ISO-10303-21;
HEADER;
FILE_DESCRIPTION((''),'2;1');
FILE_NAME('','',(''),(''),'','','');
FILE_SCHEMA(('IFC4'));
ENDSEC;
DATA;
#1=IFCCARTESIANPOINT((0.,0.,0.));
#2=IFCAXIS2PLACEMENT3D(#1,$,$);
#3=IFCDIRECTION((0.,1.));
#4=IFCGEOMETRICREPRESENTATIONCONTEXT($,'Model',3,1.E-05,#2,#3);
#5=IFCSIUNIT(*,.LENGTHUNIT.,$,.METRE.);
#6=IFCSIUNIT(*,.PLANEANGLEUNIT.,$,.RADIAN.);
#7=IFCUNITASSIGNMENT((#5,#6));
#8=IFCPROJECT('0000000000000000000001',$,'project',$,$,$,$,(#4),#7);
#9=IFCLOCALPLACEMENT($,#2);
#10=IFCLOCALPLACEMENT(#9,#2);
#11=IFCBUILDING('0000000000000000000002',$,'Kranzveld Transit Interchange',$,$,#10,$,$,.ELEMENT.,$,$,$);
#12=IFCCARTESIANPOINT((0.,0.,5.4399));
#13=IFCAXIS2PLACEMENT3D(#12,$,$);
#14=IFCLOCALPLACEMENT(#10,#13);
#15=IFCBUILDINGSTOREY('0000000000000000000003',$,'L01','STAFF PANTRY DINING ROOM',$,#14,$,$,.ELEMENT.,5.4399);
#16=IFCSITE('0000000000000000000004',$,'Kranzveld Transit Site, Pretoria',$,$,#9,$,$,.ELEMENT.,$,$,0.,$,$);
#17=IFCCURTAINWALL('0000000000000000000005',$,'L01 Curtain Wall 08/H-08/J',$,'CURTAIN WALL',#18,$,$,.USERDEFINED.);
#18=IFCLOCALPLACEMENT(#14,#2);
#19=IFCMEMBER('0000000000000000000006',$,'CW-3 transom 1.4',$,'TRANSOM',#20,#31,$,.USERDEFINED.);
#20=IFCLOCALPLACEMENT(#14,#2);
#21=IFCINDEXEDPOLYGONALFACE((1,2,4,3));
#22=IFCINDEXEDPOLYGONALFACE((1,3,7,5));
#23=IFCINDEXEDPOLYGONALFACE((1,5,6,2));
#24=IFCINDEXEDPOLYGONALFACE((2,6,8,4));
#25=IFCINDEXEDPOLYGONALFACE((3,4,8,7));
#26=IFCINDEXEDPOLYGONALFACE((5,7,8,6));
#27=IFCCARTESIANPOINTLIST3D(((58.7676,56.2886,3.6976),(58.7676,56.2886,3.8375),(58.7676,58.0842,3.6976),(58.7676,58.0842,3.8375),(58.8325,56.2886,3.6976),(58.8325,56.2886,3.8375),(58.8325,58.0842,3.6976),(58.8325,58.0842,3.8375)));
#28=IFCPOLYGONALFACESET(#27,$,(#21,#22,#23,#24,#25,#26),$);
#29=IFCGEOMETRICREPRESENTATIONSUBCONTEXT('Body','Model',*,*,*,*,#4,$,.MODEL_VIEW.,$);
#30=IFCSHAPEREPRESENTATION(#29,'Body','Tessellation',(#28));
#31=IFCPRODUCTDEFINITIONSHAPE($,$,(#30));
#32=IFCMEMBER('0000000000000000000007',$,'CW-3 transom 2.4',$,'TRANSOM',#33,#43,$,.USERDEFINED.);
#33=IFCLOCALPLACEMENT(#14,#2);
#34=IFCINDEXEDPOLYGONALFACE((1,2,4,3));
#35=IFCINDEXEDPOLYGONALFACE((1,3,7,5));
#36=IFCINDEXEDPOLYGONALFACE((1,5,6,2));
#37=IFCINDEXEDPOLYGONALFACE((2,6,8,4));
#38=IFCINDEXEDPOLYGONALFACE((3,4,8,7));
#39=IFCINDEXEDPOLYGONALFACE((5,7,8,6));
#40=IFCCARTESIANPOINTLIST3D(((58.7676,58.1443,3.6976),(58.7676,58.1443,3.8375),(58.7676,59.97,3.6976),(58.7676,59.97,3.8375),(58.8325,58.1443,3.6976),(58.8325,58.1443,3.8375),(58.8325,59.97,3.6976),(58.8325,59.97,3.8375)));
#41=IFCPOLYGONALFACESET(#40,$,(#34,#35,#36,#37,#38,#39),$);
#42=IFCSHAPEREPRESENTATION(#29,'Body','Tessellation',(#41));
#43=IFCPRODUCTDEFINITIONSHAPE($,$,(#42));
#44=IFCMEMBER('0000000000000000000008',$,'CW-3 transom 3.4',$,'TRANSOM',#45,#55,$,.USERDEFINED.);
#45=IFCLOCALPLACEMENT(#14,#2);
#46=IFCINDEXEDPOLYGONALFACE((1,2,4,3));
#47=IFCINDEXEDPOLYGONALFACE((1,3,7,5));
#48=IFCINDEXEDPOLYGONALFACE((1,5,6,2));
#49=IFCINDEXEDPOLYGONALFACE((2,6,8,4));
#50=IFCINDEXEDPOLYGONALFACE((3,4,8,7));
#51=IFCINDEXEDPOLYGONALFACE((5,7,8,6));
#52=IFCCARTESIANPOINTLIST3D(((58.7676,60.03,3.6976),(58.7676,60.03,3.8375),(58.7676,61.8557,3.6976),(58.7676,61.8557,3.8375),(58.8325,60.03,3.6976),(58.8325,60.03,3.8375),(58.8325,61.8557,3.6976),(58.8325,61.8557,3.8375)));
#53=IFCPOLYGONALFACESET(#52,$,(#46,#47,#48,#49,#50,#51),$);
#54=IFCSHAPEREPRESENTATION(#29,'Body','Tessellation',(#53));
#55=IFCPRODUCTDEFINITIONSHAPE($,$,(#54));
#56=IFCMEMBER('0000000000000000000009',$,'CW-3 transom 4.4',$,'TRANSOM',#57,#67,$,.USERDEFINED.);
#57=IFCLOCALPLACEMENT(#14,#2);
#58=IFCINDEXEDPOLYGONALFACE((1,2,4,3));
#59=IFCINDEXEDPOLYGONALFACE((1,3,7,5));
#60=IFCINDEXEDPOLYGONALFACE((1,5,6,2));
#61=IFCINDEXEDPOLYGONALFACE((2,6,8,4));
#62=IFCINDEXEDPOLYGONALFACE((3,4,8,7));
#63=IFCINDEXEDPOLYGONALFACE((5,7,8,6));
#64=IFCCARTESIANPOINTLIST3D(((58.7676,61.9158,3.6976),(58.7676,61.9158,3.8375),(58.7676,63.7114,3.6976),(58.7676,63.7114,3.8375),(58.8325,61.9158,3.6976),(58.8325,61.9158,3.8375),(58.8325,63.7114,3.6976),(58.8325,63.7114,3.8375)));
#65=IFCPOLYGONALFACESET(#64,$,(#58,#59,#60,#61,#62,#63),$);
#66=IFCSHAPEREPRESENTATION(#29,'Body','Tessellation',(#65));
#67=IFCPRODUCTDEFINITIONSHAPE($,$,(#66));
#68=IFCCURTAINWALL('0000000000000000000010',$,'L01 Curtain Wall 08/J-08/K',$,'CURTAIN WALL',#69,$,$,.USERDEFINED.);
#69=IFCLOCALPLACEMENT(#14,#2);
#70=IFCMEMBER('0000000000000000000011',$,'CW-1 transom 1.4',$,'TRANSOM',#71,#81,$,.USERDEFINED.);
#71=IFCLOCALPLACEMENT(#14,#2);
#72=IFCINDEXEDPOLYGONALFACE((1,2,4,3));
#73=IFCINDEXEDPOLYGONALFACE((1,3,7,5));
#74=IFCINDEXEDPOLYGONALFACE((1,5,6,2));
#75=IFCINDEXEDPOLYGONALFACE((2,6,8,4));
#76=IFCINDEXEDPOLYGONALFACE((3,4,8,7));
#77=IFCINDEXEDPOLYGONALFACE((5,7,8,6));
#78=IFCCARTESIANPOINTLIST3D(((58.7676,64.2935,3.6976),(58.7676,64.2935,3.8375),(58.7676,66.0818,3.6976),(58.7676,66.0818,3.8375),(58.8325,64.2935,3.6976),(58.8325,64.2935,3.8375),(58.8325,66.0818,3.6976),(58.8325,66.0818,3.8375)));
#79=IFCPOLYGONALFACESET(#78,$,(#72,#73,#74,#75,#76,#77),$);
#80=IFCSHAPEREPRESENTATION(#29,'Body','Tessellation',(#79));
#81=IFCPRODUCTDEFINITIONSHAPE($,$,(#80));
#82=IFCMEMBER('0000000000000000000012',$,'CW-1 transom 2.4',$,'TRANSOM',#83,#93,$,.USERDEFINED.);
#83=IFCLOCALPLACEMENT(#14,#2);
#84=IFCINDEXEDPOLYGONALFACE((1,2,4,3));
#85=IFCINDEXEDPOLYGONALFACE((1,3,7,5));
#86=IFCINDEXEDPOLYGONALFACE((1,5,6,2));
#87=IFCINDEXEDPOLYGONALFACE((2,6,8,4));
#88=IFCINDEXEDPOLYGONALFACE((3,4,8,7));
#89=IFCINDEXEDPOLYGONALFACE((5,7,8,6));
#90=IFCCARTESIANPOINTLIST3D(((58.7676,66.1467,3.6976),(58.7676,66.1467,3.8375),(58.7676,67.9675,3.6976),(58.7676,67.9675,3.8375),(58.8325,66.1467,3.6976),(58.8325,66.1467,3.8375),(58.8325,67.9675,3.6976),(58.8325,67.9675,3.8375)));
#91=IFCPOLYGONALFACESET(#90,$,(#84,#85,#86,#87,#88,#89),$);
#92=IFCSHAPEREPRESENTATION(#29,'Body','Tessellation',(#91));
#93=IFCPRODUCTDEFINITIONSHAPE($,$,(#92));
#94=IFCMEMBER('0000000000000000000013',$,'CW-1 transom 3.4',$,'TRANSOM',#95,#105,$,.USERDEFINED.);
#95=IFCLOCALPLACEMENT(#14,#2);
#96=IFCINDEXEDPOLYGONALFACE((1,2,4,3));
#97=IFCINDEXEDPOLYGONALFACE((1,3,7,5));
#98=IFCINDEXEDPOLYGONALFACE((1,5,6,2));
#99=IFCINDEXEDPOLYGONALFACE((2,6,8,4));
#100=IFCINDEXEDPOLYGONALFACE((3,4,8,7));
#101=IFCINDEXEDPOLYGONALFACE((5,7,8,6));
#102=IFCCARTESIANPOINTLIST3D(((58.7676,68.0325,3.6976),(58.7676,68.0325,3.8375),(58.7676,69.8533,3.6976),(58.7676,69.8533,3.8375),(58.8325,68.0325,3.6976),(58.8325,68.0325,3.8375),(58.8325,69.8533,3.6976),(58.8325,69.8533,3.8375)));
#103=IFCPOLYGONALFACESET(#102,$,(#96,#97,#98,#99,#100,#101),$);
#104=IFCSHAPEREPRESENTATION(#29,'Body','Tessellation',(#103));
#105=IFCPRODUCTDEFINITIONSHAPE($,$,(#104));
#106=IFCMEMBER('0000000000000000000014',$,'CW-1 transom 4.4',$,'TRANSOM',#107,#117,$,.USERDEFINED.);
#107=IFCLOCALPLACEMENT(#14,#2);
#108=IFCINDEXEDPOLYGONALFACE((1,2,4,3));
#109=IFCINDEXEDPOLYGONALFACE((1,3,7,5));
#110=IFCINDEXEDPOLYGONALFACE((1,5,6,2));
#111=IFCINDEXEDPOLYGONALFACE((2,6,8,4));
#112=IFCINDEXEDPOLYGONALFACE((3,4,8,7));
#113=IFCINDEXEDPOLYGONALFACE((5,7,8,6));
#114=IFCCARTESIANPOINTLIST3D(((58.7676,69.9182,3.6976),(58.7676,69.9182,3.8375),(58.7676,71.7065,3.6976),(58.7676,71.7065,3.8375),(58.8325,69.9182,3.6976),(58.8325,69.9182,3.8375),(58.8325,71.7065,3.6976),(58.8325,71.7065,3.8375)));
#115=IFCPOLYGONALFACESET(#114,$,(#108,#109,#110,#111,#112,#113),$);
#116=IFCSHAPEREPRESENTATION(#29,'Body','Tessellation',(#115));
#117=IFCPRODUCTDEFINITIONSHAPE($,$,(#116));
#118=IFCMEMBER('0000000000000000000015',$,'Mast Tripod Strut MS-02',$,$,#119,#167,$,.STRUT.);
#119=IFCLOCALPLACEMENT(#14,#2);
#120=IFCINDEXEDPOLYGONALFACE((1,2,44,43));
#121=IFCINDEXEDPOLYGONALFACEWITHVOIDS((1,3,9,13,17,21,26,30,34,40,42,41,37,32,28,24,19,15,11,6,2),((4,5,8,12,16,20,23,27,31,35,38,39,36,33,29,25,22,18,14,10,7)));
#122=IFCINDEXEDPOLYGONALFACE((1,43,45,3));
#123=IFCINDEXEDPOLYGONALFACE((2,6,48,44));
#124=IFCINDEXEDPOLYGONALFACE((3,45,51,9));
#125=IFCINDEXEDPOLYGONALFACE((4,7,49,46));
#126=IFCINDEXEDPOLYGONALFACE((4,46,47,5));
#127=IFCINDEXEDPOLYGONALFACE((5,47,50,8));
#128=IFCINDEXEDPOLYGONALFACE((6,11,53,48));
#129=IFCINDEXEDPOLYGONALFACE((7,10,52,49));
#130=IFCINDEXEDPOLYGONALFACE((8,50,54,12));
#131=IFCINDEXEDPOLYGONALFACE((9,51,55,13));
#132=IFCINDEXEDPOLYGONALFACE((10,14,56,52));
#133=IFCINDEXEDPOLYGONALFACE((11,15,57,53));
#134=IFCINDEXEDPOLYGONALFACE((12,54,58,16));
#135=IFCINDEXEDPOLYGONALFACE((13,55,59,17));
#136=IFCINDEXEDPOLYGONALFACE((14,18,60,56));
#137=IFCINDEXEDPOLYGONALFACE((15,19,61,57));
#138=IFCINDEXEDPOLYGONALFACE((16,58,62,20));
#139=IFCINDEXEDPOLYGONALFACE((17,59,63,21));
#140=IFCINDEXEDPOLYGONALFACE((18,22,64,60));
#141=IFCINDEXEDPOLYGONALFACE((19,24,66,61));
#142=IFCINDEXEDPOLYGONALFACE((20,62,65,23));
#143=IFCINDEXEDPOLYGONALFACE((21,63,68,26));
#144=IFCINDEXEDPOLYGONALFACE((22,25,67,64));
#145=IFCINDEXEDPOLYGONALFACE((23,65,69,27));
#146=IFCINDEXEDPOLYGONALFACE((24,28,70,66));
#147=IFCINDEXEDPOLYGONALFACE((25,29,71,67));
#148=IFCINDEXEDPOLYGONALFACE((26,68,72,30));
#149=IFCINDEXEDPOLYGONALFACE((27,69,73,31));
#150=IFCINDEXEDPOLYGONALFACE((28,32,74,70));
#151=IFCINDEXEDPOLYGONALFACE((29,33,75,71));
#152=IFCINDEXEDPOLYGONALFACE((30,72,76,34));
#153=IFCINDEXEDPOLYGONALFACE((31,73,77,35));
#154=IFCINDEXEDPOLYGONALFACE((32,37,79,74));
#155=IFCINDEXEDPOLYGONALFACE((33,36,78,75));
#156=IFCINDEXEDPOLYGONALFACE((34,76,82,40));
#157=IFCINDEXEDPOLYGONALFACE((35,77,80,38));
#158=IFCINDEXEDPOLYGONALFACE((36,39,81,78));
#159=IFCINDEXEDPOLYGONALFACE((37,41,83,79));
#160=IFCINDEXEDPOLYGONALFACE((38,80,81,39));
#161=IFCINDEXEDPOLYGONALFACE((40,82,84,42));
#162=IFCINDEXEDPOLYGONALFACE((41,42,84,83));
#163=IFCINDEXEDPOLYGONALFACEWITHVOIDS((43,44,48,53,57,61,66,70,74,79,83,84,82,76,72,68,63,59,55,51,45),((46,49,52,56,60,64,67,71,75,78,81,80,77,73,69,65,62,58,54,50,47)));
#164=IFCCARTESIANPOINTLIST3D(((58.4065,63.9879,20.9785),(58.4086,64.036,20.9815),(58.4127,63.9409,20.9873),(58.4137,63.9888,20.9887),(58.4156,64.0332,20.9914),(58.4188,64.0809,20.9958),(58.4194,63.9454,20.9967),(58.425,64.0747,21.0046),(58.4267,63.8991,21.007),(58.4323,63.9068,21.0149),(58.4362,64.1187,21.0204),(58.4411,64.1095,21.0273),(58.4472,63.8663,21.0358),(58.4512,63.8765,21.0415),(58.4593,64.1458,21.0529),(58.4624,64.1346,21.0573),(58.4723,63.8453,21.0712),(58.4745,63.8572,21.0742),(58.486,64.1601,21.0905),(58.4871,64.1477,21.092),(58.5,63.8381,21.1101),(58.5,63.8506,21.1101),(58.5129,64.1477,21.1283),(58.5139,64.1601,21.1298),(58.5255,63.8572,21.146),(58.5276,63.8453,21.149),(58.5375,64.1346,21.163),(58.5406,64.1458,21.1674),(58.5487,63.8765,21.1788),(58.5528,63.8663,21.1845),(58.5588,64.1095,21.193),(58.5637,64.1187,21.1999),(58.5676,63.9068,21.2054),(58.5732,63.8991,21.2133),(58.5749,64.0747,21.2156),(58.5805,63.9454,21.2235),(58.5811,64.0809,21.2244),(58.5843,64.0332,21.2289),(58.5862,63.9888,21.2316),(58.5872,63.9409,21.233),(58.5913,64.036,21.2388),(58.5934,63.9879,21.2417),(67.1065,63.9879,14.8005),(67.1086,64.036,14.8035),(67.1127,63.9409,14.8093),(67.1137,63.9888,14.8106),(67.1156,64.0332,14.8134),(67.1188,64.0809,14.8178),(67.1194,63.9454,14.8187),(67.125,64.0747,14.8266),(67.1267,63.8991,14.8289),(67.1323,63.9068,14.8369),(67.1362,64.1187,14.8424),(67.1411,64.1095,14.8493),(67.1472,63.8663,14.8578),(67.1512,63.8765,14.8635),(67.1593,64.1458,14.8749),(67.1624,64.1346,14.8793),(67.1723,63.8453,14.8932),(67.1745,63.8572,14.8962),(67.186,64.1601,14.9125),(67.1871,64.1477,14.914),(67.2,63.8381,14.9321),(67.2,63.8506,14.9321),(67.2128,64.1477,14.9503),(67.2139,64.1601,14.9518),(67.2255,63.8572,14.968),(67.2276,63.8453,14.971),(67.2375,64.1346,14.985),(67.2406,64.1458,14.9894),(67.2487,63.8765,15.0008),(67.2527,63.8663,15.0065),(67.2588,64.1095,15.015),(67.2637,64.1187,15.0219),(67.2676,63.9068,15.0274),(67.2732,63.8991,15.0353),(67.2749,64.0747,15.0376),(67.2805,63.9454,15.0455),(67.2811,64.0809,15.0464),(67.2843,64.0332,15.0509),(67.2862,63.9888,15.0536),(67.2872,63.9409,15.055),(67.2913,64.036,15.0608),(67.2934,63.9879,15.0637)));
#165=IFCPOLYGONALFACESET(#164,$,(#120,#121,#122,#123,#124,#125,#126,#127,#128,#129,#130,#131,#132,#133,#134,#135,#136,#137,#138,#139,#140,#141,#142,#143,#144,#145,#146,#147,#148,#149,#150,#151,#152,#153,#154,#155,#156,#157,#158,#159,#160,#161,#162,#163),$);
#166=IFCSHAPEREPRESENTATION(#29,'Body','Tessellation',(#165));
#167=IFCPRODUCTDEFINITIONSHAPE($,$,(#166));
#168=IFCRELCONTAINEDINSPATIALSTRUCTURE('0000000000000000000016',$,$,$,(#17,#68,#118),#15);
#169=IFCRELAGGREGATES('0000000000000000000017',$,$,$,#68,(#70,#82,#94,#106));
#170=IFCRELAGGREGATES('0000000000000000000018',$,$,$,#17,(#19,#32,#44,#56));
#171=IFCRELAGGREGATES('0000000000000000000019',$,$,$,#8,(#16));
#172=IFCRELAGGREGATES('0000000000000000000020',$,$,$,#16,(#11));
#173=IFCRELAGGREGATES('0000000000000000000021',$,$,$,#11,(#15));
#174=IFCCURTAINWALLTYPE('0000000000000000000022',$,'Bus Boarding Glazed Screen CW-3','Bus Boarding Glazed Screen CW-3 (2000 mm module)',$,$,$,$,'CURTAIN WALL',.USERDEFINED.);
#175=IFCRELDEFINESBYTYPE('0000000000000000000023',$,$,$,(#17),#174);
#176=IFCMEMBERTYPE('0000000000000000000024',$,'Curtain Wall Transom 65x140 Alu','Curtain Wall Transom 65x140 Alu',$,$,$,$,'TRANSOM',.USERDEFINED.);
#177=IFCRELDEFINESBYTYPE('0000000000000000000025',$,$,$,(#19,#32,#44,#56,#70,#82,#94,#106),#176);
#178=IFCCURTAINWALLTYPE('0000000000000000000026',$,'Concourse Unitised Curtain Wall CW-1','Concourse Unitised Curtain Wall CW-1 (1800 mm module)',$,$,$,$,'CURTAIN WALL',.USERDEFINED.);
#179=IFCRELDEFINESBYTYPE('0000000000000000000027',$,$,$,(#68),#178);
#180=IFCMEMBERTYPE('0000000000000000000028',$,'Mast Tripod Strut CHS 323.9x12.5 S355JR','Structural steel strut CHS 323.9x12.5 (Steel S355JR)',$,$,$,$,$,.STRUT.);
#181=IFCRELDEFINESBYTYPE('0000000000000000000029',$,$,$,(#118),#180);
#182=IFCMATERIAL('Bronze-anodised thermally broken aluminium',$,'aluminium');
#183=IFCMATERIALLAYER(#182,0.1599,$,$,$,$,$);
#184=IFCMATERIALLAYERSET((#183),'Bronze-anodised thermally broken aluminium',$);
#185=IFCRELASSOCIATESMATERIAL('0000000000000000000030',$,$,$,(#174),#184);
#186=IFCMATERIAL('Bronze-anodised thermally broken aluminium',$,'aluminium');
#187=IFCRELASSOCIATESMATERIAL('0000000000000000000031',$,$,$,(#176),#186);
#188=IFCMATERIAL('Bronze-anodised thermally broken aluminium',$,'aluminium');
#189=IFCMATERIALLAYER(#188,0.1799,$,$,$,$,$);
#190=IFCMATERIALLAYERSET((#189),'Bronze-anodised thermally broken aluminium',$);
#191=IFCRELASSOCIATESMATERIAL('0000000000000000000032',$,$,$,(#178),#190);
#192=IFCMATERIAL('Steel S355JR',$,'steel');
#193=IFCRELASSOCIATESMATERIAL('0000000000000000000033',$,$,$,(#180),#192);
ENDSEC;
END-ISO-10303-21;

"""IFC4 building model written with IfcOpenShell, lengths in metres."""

from ifc_helpers import new_model, si_unit, direction, frame, origin, origin_2d, place, context, subcontext, project, spatial, rectangle, hollow_circle, extrude, material, layer, layer_set, material_profile, profile_set, type_object, element, aggregate, save


model = new_model("IFC4")

# Units and contexts
model_context = context("Model", 3, precision=1e-05, world=origin(), true_north=direction((0.0, 1.0)))
body_context = subcontext(model_context, "Body", "Model", "MODEL_VIEW")
ifc_project = project(units=[si_unit("LENGTHUNIT", "METRE"), si_unit("PLANEANGLEUNIT", "RADIAN")], contexts=[model_context])

# Site, building, storey
site_placement = place(None, origin())
site = spatial("IfcSite", under=ifc_project, at=site_placement, Name="Kranzveld Transit Site, Pretoria", CompositionType="ELEMENT", RefElevation=0.0)
building_placement = place(site_placement, origin())
building = spatial("IfcBuilding", under=site, at=building_placement, Name="Kranzveld Transit Interchange", CompositionType="ELEMENT")
storey_placement = place(building_placement, frame((0.0, 0.0, 5.4399)))
storey = spatial("IfcBuildingStorey", under=building, at=storey_placement, Name="L01", Description="STAFF PANTRY DINING ROOM", CompositionType="ELEMENT", Elevation=5.4399)

# Curtain walls, members
ifc_material_1 = material(Name="Bronze-anodised thermally broken aluminium", Category="aluminium")
ifc_layer_1 = layer(ifc_material_1, 0.1599)
ifc_layer_set_1 = layer_set([ifc_layer_1], Name="Bronze-anodised thermally broken aluminium")
curtain_wall_type_1 = type_object("IfcCurtainWallType", Name="Bus Boarding Glazed Screen CW-3", Description="Bus Boarding Glazed Screen CW-3 (2000 mm module)", ElementType="CURTAIN WALL", PredefinedType="USERDEFINED", material=ifc_layer_set_1)
curtain_wall_1_placement = place(storey_placement, origin())
curtain_wall_1 = element("IfcCurtainWall", 1, at=curtain_wall_1_placement, inside=storey, type_object=curtain_wall_type_1, Name="L01 Curtain Wall 08/H-08/J", ObjectType="CURTAIN WALL", PredefinedType="USERDEFINED")
ifc_material_2 = material(Name="Bronze-anodised thermally broken aluminium", Category="aluminium")
ifc_material_profile_1 = material_profile(ifc_material_2, rectangle(XDim=0.0649, YDim=0.1399, at=origin_2d()), Name="ALU TRANSOM 65x140")
ifc_profile_set_1 = profile_set([ifc_material_profile_1], Name="Bronze-anodised thermally broken aluminium")
member_type_1 = type_object("IfcMemberType", Name="Curtain Wall Transom 65x140 Alu", Description="Curtain Wall Transom 65x140 Alu", ElementType="TRANSOM", PredefinedType="USERDEFINED", material=ifc_profile_set_1)
member_1_placement = place(storey_placement, frame((58.8, 56.2886, 3.7676), z_axis=(0.0, 1.0, 0.0), x_axis=(-1.0, 0.0, 0.0)))
member_1 = element("IfcMember", 2, at=member_1_placement, type_object=member_type_1, Name="CW-3 transom 1.4", ObjectType="TRANSOM", PredefinedType="USERDEFINED", context=body_context, shape_type="SweptSolid", body=[
    extrude(rectangle(XDim=0.0649, YDim=0.1399, at=origin_2d()), origin(), (0.0, 0.0, 1.0), 1.7957),
])
member_2_placement = place(storey_placement, frame((58.8, 58.1443, 3.7676), z_axis=(0.0, 1.0, 0.0), x_axis=(-1.0, 0.0, 0.0)))
member_2 = element("IfcMember", 3, at=member_2_placement, type_object=member_type_1, Name="CW-3 transom 2.4", ObjectType="TRANSOM", PredefinedType="USERDEFINED", context=body_context, shape_type="SweptSolid", body=[
    extrude(rectangle(XDim=0.0649, YDim=0.1399, at=origin_2d()), origin(), (0.0, 0.0, 1.0), 1.8257),
])
member_3_placement = place(storey_placement, frame((58.8, 60.03, 3.7676), z_axis=(0.0, 1.0, 0.0), x_axis=(-1.0, 0.0, 0.0)))
member_3 = element("IfcMember", 4, at=member_3_placement, type_object=member_type_1, Name="CW-3 transom 3.4", ObjectType="TRANSOM", PredefinedType="USERDEFINED", context=body_context, shape_type="SweptSolid", body=[
    extrude(rectangle(XDim=0.0649, YDim=0.1399, at=origin_2d()), origin(), (0.0, 0.0, 1.0), 1.8257),
])
member_4_placement = place(storey_placement, frame((58.8, 61.9158, 3.7676), z_axis=(0.0, 1.0, 0.0), x_axis=(-1.0, 0.0, 0.0)))
member_4 = element("IfcMember", 5, at=member_4_placement, type_object=member_type_1, Name="CW-3 transom 4.4", ObjectType="TRANSOM", PredefinedType="USERDEFINED", context=body_context, shape_type="SweptSolid", body=[
    extrude(rectangle(XDim=0.0649, YDim=0.1399, at=origin_2d()), origin(), (0.0, 0.0, 1.0), 1.7957),
])
ifc_material_3 = material(Name="Bronze-anodised thermally broken aluminium", Category="aluminium")
ifc_layer_2 = layer(ifc_material_3, 0.1799)
ifc_layer_set_2 = layer_set([ifc_layer_2], Name="Bronze-anodised thermally broken aluminium")
curtain_wall_type_2 = type_object("IfcCurtainWallType", Name="Concourse Unitised Curtain Wall CW-1", Description="Concourse Unitised Curtain Wall CW-1 (1800 mm module)", ElementType="CURTAIN WALL", PredefinedType="USERDEFINED", material=ifc_layer_set_2)
curtain_wall_2_placement = place(storey_placement, origin())
curtain_wall_2 = element("IfcCurtainWall", 6, at=curtain_wall_2_placement, inside=storey, type_object=curtain_wall_type_2, Name="L01 Curtain Wall 08/J-08/K", ObjectType="CURTAIN WALL", PredefinedType="USERDEFINED")
member_5_placement = place(storey_placement, frame((58.8, 64.2935, 3.7676), z_axis=(0.0, 1.0, 0.0), x_axis=(-1.0, 0.0, 0.0)))
member_5 = element("IfcMember", 7, at=member_5_placement, type_object=member_type_1, Name="CW-1 transom 1.4", ObjectType="TRANSOM", PredefinedType="USERDEFINED", context=body_context, shape_type="SweptSolid", body=[
    extrude(rectangle(XDim=0.0649, YDim=0.1399, at=origin_2d()), origin(), (0.0, 0.0, 1.0), 1.7883),
])
member_6_placement = place(storey_placement, frame((58.8, 66.1467, 3.7676), z_axis=(0.0, 1.0, 0.0), x_axis=(-1.0, 0.0, 0.0)))
member_6 = element("IfcMember", 8, at=member_6_placement, type_object=member_type_1, Name="CW-1 transom 2.4", ObjectType="TRANSOM", PredefinedType="USERDEFINED", context=body_context, shape_type="SweptSolid", body=[
    extrude(rectangle(XDim=0.0649, YDim=0.1399, at=origin_2d()), origin(), (0.0, 0.0, 1.0), 1.8208),
])
member_7_placement = place(storey_placement, frame((58.8, 68.0325, 3.7676), z_axis=(0.0, 1.0, 0.0), x_axis=(-1.0, 0.0, 0.0)))
member_7 = element("IfcMember", 9, at=member_7_placement, type_object=member_type_1, Name="CW-1 transom 3.4", ObjectType="TRANSOM", PredefinedType="USERDEFINED", context=body_context, shape_type="SweptSolid", body=[
    extrude(rectangle(XDim=0.0649, YDim=0.1399, at=origin_2d()), origin(), (0.0, 0.0, 1.0), 1.8208),
])
member_8_placement = place(storey_placement, frame((58.8, 69.9182, 3.7676), z_axis=(0.0, 1.0, 0.0), x_axis=(-1.0, 0.0, 0.0)))
member_8 = element("IfcMember", 10, at=member_8_placement, type_object=member_type_1, Name="CW-1 transom 4.4", ObjectType="TRANSOM", PredefinedType="USERDEFINED", context=body_context, shape_type="SweptSolid", body=[
    extrude(rectangle(XDim=0.0649, YDim=0.1399, at=origin_2d()), origin(), (0.0, 0.0, 1.0), 1.7883),
])

# Member
ifc_material_4 = material(Name="Steel S355JR", Category="steel")
ifc_material_profile_2 = material_profile(ifc_material_4, hollow_circle(Radius=0.1619, WallThickness=0.0125, at=origin_2d()), Name="CHS 323.9x12.5")
ifc_profile_set_2 = profile_set([ifc_material_profile_2], Name="Steel S355JR")
member_type_2 = type_object("IfcMemberType", Name="Mast Tripod Strut CHS 323.9x12.5 S355JR", Description="Structural steel strut CHS 323.9x12.5 (Steel S355JR)", PredefinedType="STRUT", material=ifc_profile_set_2)
member_9_placement = place(storey_placement, frame((67.2, 64.0, 14.9321), z_axis=(-0.815338, 0.0, 0.578985), x_axis=(0.0, -1.0, 0.0)))
element("IfcMember", 11, at=member_9_placement, inside=storey, type_object=member_type_2, Name="Mast Tripod Strut MS-02", PredefinedType="STRUT", context=body_context, shape_type="SweptSolid", body=[
    extrude(hollow_circle(Radius=0.1619, WallThickness=0.0125, at=origin_2d()), origin(), (0.0, 0.0, 1.0), 10.6704),
])

aggregate(curtain_wall_2, [member_5, member_6, member_7, member_8])
aggregate(curtain_wall_1, [member_1, member_2, member_3, member_4])

save(model, "model.ifc")
